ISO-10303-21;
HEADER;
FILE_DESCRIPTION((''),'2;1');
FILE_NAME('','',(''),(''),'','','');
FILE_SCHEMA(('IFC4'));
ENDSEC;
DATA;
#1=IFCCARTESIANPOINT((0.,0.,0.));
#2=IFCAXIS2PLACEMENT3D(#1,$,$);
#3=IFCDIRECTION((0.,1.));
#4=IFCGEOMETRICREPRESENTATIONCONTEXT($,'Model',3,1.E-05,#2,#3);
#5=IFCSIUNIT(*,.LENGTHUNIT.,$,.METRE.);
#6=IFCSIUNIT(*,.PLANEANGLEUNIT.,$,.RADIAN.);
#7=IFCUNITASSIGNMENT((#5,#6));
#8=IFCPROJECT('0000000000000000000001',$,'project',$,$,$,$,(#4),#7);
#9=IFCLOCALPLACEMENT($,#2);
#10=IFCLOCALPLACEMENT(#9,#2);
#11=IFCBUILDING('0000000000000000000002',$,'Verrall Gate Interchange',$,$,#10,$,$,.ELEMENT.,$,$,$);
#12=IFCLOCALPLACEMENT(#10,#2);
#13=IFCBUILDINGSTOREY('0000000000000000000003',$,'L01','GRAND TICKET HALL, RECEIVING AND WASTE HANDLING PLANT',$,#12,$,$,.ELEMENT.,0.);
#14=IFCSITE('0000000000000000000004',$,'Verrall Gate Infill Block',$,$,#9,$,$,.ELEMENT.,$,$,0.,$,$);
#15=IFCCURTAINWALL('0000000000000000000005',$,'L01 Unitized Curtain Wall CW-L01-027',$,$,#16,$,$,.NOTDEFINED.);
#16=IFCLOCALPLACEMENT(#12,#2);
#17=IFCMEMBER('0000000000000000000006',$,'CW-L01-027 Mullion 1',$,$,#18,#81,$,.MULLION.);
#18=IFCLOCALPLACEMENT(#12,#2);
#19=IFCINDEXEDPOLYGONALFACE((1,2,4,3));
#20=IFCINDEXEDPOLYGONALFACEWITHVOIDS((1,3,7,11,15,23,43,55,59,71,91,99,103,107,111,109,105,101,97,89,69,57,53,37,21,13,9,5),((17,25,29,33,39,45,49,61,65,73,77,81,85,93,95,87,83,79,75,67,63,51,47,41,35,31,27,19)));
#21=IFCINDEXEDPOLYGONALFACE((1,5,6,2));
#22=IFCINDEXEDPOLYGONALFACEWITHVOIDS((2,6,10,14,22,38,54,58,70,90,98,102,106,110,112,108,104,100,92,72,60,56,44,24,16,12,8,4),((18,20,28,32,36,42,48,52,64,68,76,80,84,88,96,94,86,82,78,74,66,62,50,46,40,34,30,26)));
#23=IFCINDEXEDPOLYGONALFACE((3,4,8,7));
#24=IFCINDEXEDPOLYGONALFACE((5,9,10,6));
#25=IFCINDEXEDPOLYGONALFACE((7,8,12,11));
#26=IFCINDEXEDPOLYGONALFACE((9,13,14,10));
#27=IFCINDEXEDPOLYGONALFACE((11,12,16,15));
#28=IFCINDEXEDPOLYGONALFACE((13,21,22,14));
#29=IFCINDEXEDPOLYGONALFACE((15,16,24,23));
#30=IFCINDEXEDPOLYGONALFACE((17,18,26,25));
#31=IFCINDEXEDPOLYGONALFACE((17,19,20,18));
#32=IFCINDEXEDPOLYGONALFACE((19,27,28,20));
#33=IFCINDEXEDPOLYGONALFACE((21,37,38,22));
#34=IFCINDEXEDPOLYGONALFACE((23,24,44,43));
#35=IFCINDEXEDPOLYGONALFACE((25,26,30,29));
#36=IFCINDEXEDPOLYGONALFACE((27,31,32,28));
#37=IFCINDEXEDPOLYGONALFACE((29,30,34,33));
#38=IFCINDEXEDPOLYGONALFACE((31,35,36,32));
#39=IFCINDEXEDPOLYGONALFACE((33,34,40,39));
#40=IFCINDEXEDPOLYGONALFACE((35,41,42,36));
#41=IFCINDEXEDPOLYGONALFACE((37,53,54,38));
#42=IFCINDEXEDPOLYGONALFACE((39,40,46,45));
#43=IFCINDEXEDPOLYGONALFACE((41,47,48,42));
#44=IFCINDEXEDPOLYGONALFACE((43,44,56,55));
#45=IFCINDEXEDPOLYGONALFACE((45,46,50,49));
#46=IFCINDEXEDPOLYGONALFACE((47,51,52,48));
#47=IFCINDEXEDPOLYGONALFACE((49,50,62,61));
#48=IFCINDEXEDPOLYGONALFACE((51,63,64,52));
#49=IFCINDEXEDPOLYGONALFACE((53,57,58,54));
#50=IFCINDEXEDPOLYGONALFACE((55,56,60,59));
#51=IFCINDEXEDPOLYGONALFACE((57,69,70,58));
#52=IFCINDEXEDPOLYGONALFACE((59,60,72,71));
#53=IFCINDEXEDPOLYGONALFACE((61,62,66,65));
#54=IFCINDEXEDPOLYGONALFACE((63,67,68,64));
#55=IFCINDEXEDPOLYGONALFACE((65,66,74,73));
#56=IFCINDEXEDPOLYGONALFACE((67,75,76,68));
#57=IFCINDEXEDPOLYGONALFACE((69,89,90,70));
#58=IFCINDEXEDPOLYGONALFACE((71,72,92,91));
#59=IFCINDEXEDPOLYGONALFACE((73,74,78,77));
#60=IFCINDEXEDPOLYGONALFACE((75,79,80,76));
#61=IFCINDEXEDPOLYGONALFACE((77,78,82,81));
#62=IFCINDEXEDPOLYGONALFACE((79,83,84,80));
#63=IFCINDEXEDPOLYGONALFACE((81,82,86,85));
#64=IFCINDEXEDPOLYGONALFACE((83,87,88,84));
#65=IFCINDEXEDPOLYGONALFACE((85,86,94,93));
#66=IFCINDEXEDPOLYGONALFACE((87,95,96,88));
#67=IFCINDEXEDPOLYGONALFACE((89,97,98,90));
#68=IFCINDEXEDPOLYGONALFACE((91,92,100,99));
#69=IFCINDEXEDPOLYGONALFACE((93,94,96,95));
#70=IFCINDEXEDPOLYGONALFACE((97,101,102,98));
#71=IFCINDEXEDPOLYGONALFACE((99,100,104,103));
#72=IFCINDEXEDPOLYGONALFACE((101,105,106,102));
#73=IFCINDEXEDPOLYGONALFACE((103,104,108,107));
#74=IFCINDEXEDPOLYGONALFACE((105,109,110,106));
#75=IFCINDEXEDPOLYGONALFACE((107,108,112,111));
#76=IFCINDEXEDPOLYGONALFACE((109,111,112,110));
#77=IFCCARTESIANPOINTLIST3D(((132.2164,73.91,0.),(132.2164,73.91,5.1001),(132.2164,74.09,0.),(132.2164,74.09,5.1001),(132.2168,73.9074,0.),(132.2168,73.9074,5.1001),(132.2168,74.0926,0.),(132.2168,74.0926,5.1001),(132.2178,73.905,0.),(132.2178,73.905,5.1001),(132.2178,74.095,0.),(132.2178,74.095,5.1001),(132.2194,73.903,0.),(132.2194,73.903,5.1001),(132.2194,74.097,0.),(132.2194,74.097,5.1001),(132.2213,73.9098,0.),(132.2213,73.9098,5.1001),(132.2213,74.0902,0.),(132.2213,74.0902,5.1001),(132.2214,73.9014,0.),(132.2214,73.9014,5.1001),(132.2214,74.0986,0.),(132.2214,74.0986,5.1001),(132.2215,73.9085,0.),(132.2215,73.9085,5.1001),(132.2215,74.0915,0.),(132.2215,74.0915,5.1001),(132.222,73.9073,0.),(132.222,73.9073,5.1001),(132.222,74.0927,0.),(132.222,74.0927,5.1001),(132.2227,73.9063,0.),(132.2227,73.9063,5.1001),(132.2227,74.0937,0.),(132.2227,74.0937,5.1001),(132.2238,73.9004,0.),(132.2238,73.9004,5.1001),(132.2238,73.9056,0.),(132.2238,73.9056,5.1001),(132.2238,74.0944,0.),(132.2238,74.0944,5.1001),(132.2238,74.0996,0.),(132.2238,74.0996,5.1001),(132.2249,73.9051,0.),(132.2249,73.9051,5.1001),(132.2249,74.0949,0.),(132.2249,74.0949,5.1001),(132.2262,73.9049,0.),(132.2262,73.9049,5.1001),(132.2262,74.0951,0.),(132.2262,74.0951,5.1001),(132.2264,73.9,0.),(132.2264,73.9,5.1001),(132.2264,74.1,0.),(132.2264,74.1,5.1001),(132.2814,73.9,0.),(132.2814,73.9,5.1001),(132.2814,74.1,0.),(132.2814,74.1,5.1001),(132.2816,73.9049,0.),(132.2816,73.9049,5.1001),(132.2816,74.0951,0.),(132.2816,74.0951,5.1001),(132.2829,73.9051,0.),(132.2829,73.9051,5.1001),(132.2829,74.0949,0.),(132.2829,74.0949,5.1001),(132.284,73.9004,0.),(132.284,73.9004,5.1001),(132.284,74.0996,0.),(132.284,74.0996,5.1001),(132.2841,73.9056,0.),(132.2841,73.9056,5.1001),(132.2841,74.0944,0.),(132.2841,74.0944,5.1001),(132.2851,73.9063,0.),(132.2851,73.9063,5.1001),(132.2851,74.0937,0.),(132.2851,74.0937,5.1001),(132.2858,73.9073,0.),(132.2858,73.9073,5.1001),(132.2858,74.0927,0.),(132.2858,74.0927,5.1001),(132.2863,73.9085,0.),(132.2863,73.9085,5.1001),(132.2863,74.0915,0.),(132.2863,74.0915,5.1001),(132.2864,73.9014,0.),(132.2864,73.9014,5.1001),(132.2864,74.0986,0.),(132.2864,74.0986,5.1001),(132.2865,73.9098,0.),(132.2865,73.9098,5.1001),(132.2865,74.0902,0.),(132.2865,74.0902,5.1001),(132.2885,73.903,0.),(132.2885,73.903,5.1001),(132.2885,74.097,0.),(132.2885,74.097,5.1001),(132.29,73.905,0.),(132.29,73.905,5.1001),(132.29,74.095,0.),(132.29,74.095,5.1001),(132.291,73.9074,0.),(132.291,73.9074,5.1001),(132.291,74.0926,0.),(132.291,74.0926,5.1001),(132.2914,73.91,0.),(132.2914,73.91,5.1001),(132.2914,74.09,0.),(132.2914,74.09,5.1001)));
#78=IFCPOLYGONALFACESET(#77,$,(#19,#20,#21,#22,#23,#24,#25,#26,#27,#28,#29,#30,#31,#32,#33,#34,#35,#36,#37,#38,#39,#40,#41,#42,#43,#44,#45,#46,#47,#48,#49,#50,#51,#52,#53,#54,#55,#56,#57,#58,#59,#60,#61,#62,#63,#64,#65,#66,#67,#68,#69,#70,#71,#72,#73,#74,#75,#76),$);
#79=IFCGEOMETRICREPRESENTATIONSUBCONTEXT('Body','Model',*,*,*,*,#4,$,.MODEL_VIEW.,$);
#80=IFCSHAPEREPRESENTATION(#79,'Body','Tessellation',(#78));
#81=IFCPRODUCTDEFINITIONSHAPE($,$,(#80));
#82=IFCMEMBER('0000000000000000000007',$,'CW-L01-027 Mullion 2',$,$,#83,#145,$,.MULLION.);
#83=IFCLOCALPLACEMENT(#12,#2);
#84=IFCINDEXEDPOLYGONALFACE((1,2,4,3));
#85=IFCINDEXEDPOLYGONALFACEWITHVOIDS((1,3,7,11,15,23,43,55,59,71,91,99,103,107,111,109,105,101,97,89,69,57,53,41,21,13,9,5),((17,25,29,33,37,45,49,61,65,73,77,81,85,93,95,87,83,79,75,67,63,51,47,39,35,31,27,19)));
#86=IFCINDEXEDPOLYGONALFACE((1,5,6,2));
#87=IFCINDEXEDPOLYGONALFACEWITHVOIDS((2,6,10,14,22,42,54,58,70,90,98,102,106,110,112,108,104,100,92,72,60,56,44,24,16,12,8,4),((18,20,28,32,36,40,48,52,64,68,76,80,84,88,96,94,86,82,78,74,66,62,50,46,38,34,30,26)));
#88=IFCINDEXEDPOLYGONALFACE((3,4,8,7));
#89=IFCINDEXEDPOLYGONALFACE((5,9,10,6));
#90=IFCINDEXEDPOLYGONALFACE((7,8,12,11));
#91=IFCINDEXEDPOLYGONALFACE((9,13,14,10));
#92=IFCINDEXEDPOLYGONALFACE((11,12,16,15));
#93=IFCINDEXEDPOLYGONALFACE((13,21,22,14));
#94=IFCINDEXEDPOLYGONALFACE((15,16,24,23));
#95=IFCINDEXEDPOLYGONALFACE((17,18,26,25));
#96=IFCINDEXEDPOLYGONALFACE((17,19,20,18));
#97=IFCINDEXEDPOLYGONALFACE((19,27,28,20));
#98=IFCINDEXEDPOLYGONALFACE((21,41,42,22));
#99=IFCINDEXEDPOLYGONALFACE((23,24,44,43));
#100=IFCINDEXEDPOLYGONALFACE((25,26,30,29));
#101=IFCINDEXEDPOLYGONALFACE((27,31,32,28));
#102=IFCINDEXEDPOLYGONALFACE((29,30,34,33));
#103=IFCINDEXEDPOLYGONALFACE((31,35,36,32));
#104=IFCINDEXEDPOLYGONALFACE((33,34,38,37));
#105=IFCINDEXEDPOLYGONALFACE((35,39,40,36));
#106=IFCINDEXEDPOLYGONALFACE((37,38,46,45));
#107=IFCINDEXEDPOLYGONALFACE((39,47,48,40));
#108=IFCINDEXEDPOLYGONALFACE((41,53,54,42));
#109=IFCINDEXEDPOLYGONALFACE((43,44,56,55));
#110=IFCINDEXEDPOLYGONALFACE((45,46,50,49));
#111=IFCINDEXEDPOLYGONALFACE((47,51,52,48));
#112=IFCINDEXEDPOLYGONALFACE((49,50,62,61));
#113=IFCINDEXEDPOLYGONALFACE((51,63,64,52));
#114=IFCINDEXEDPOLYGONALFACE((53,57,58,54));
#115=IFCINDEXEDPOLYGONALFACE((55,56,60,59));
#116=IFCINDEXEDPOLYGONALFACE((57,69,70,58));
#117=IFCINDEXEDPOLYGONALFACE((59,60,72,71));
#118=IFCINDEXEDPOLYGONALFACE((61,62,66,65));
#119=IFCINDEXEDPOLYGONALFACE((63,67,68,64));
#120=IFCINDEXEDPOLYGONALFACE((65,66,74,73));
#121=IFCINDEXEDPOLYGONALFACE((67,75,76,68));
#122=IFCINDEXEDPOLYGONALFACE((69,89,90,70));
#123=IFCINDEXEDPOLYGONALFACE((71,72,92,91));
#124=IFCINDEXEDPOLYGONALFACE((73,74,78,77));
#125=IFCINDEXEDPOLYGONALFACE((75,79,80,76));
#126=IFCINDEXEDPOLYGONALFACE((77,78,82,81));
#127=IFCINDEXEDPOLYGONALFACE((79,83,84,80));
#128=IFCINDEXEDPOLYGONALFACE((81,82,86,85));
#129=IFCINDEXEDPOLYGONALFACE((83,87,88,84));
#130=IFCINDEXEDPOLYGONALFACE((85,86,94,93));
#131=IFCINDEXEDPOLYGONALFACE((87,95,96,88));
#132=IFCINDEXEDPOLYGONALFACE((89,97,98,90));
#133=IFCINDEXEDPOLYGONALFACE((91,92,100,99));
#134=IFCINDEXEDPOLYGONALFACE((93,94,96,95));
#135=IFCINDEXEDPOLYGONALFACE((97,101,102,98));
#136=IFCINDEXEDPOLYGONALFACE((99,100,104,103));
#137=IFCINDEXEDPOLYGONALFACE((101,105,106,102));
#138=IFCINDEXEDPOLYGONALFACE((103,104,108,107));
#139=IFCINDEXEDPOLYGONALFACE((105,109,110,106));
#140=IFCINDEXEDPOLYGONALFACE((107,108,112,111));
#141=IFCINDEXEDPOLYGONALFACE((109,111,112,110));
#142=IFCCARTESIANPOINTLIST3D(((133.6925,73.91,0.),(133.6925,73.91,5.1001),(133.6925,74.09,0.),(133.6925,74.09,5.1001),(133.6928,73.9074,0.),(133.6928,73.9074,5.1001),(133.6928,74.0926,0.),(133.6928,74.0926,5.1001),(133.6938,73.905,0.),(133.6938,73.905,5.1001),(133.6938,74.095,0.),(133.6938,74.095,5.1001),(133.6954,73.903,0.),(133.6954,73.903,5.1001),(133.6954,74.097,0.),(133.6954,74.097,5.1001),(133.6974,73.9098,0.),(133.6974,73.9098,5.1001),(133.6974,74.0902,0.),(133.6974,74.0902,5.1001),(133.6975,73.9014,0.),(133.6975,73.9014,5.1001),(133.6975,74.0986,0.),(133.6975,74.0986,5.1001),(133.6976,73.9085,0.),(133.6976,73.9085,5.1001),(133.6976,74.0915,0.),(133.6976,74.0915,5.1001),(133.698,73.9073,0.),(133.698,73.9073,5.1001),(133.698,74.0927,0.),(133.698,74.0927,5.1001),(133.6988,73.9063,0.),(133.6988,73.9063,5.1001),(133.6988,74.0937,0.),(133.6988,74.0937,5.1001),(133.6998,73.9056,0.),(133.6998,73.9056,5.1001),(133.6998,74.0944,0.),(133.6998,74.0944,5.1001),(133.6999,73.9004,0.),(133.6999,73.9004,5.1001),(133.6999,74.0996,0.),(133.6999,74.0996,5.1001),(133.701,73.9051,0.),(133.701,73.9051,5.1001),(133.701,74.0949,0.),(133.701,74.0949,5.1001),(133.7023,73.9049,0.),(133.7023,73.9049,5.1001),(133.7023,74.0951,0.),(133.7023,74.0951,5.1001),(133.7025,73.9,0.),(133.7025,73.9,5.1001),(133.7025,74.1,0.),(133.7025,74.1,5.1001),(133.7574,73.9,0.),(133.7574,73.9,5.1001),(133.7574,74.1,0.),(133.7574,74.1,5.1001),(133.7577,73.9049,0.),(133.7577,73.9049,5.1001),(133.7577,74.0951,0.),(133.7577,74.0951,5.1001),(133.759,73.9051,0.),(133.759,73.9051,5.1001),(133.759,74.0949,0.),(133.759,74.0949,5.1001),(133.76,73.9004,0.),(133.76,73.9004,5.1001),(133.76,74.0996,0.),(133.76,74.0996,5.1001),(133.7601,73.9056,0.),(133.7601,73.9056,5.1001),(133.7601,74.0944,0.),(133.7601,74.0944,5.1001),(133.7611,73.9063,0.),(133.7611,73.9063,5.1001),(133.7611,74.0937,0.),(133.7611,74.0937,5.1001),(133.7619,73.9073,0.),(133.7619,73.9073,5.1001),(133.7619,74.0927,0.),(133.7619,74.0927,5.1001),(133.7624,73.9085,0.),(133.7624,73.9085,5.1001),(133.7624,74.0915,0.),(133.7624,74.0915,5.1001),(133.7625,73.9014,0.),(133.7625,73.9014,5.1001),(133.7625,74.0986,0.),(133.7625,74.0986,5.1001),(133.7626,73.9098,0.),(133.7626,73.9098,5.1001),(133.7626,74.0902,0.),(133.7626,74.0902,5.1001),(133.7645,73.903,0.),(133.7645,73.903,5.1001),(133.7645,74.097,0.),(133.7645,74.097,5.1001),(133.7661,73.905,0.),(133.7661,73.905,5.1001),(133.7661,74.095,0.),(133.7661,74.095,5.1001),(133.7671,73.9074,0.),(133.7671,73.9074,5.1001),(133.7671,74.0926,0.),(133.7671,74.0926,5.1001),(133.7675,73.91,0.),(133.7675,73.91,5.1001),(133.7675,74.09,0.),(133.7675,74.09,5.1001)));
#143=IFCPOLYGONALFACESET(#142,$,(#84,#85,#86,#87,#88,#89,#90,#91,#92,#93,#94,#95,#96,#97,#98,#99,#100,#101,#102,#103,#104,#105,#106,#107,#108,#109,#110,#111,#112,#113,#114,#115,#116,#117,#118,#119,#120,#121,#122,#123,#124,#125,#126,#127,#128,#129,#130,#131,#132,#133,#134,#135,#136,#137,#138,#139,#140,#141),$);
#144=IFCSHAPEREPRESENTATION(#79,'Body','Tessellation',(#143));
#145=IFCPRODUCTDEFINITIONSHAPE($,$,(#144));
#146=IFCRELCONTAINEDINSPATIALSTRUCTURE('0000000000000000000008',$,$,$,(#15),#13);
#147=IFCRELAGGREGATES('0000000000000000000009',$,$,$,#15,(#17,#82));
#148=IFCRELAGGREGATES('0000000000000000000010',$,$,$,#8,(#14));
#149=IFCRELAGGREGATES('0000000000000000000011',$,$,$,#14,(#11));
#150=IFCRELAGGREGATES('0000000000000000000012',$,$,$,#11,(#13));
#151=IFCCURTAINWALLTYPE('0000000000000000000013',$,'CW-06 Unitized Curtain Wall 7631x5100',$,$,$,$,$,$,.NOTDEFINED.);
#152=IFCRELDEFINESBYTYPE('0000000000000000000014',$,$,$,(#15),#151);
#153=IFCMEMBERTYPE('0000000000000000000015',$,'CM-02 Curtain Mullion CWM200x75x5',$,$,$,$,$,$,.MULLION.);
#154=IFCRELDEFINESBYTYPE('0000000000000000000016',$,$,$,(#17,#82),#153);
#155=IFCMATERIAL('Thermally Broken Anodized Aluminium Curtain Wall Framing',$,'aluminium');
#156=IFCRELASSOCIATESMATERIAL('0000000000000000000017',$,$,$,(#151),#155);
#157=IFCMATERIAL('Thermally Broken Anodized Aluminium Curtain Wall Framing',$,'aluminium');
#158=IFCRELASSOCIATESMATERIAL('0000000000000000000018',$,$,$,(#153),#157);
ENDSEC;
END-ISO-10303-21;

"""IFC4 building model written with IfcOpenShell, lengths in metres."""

from ifc_helpers import new_model, si_unit, direction, frame, origin, origin_2d, place, context, subcontext, project, spatial, hollow_rectangle, extrude, material, material_profile, profile_set, type_object, element, aggregate, save


model = new_model("IFC4")

# Units and contexts
model_context = context("Model", 3, precision=1e-05, world=origin(), true_north=direction((0.0, 1.0)))
body_context = subcontext(model_context, "Body", "Model", "MODEL_VIEW")
ifc_project = project(units=[si_unit("LENGTHUNIT", "METRE"), si_unit("PLANEANGLEUNIT", "RADIAN")], contexts=[model_context])

# Site, building, storey
site_placement = place(None, origin())
site = spatial("IfcSite", under=ifc_project, at=site_placement, Name="Verrall Gate Infill Block", CompositionType="ELEMENT", RefElevation=0.0)
building_placement = place(site_placement, origin())
building = spatial("IfcBuilding", under=site, at=building_placement, Name="Verrall Gate Interchange", CompositionType="ELEMENT")
storey_placement = place(building_placement, origin())
storey = spatial("IfcBuildingStorey", under=building, at=storey_placement, Name="L01", Description="GRAND TICKET HALL, RECEIVING AND WASTE HANDLING PLANT", CompositionType="ELEMENT", Elevation=0.0)

# Curtain wall, members
ifc_material_1 = material(Name="Thermally Broken Anodized Aluminium Curtain Wall Framing", Category="aluminium")
curtain_wall_type = type_object("IfcCurtainWallType", Name="CW-06 Unitized Curtain Wall 7631x5100", PredefinedType="NOTDEFINED", material=ifc_material_1)
curtain_wall_placement = place(storey_placement, origin())
curtain_wall = element("IfcCurtainWall", 1, at=curtain_wall_placement, inside=storey, type_object=curtain_wall_type, Name="L01 Unitized Curtain Wall CW-L01-027", PredefinedType="NOTDEFINED")
ifc_material_2 = material(Name="Thermally Broken Anodized Aluminium Curtain Wall Framing", Category="aluminium")
ifc_material_profile_1 = material_profile(ifc_material_2, hollow_rectangle(XDim=0.075, YDim=0.2, WallThickness=0.0049, InnerFilletRadius=0.0049, OuterFilletRadius=0.01, at=origin_2d()), Name="CWM200x75x5")
ifc_profile_set_1 = profile_set([ifc_material_profile_1], Name="Thermally Broken Anodized Aluminium Curtain Wall Framing")
member_type_1 = type_object("IfcMemberType", Name="CM-02 Curtain Mullion CWM200x75x5", PredefinedType="MULLION", material=ifc_profile_set_1)
member_1_placement = place(storey_placement, frame((132.2539, 74.0, 0.0), z_axis=(0.0, 0.0, 1.0), x_axis=(1.0, 0.0, 0.0)))
member_1 = element("IfcMember", 2, at=member_1_placement, type_object=member_type_1, Name="CW-L01-027 Mullion 1", PredefinedType="MULLION", context=body_context, shape_type="SweptSolid", body=[
    extrude(hollow_rectangle(XDim=0.075, YDim=0.2, WallThickness=0.0049, InnerFilletRadius=0.0049, OuterFilletRadius=0.01, at=origin_2d()), origin(), (0.0, 0.0, 1.0), 5.1001),
])
member_2_placement = place(storey_placement, frame((133.73, 74.0, 0.0), z_axis=(0.0, 0.0, 1.0), x_axis=(1.0, 0.0, 0.0)))
member_2 = element("IfcMember", 3, at=member_2_placement, type_object=member_type_1, Name="CW-L01-027 Mullion 2", PredefinedType="MULLION", context=body_context, shape_type="SweptSolid", body=[
    extrude(hollow_rectangle(XDim=0.075, YDim=0.2, WallThickness=0.0049, InnerFilletRadius=0.0049, OuterFilletRadius=0.01, at=origin_2d()), origin(), (0.0, 0.0, 1.0), 5.1001),
])
aggregate(curtain_wall, [member_1, member_2])

save(model, "model.ifc")
